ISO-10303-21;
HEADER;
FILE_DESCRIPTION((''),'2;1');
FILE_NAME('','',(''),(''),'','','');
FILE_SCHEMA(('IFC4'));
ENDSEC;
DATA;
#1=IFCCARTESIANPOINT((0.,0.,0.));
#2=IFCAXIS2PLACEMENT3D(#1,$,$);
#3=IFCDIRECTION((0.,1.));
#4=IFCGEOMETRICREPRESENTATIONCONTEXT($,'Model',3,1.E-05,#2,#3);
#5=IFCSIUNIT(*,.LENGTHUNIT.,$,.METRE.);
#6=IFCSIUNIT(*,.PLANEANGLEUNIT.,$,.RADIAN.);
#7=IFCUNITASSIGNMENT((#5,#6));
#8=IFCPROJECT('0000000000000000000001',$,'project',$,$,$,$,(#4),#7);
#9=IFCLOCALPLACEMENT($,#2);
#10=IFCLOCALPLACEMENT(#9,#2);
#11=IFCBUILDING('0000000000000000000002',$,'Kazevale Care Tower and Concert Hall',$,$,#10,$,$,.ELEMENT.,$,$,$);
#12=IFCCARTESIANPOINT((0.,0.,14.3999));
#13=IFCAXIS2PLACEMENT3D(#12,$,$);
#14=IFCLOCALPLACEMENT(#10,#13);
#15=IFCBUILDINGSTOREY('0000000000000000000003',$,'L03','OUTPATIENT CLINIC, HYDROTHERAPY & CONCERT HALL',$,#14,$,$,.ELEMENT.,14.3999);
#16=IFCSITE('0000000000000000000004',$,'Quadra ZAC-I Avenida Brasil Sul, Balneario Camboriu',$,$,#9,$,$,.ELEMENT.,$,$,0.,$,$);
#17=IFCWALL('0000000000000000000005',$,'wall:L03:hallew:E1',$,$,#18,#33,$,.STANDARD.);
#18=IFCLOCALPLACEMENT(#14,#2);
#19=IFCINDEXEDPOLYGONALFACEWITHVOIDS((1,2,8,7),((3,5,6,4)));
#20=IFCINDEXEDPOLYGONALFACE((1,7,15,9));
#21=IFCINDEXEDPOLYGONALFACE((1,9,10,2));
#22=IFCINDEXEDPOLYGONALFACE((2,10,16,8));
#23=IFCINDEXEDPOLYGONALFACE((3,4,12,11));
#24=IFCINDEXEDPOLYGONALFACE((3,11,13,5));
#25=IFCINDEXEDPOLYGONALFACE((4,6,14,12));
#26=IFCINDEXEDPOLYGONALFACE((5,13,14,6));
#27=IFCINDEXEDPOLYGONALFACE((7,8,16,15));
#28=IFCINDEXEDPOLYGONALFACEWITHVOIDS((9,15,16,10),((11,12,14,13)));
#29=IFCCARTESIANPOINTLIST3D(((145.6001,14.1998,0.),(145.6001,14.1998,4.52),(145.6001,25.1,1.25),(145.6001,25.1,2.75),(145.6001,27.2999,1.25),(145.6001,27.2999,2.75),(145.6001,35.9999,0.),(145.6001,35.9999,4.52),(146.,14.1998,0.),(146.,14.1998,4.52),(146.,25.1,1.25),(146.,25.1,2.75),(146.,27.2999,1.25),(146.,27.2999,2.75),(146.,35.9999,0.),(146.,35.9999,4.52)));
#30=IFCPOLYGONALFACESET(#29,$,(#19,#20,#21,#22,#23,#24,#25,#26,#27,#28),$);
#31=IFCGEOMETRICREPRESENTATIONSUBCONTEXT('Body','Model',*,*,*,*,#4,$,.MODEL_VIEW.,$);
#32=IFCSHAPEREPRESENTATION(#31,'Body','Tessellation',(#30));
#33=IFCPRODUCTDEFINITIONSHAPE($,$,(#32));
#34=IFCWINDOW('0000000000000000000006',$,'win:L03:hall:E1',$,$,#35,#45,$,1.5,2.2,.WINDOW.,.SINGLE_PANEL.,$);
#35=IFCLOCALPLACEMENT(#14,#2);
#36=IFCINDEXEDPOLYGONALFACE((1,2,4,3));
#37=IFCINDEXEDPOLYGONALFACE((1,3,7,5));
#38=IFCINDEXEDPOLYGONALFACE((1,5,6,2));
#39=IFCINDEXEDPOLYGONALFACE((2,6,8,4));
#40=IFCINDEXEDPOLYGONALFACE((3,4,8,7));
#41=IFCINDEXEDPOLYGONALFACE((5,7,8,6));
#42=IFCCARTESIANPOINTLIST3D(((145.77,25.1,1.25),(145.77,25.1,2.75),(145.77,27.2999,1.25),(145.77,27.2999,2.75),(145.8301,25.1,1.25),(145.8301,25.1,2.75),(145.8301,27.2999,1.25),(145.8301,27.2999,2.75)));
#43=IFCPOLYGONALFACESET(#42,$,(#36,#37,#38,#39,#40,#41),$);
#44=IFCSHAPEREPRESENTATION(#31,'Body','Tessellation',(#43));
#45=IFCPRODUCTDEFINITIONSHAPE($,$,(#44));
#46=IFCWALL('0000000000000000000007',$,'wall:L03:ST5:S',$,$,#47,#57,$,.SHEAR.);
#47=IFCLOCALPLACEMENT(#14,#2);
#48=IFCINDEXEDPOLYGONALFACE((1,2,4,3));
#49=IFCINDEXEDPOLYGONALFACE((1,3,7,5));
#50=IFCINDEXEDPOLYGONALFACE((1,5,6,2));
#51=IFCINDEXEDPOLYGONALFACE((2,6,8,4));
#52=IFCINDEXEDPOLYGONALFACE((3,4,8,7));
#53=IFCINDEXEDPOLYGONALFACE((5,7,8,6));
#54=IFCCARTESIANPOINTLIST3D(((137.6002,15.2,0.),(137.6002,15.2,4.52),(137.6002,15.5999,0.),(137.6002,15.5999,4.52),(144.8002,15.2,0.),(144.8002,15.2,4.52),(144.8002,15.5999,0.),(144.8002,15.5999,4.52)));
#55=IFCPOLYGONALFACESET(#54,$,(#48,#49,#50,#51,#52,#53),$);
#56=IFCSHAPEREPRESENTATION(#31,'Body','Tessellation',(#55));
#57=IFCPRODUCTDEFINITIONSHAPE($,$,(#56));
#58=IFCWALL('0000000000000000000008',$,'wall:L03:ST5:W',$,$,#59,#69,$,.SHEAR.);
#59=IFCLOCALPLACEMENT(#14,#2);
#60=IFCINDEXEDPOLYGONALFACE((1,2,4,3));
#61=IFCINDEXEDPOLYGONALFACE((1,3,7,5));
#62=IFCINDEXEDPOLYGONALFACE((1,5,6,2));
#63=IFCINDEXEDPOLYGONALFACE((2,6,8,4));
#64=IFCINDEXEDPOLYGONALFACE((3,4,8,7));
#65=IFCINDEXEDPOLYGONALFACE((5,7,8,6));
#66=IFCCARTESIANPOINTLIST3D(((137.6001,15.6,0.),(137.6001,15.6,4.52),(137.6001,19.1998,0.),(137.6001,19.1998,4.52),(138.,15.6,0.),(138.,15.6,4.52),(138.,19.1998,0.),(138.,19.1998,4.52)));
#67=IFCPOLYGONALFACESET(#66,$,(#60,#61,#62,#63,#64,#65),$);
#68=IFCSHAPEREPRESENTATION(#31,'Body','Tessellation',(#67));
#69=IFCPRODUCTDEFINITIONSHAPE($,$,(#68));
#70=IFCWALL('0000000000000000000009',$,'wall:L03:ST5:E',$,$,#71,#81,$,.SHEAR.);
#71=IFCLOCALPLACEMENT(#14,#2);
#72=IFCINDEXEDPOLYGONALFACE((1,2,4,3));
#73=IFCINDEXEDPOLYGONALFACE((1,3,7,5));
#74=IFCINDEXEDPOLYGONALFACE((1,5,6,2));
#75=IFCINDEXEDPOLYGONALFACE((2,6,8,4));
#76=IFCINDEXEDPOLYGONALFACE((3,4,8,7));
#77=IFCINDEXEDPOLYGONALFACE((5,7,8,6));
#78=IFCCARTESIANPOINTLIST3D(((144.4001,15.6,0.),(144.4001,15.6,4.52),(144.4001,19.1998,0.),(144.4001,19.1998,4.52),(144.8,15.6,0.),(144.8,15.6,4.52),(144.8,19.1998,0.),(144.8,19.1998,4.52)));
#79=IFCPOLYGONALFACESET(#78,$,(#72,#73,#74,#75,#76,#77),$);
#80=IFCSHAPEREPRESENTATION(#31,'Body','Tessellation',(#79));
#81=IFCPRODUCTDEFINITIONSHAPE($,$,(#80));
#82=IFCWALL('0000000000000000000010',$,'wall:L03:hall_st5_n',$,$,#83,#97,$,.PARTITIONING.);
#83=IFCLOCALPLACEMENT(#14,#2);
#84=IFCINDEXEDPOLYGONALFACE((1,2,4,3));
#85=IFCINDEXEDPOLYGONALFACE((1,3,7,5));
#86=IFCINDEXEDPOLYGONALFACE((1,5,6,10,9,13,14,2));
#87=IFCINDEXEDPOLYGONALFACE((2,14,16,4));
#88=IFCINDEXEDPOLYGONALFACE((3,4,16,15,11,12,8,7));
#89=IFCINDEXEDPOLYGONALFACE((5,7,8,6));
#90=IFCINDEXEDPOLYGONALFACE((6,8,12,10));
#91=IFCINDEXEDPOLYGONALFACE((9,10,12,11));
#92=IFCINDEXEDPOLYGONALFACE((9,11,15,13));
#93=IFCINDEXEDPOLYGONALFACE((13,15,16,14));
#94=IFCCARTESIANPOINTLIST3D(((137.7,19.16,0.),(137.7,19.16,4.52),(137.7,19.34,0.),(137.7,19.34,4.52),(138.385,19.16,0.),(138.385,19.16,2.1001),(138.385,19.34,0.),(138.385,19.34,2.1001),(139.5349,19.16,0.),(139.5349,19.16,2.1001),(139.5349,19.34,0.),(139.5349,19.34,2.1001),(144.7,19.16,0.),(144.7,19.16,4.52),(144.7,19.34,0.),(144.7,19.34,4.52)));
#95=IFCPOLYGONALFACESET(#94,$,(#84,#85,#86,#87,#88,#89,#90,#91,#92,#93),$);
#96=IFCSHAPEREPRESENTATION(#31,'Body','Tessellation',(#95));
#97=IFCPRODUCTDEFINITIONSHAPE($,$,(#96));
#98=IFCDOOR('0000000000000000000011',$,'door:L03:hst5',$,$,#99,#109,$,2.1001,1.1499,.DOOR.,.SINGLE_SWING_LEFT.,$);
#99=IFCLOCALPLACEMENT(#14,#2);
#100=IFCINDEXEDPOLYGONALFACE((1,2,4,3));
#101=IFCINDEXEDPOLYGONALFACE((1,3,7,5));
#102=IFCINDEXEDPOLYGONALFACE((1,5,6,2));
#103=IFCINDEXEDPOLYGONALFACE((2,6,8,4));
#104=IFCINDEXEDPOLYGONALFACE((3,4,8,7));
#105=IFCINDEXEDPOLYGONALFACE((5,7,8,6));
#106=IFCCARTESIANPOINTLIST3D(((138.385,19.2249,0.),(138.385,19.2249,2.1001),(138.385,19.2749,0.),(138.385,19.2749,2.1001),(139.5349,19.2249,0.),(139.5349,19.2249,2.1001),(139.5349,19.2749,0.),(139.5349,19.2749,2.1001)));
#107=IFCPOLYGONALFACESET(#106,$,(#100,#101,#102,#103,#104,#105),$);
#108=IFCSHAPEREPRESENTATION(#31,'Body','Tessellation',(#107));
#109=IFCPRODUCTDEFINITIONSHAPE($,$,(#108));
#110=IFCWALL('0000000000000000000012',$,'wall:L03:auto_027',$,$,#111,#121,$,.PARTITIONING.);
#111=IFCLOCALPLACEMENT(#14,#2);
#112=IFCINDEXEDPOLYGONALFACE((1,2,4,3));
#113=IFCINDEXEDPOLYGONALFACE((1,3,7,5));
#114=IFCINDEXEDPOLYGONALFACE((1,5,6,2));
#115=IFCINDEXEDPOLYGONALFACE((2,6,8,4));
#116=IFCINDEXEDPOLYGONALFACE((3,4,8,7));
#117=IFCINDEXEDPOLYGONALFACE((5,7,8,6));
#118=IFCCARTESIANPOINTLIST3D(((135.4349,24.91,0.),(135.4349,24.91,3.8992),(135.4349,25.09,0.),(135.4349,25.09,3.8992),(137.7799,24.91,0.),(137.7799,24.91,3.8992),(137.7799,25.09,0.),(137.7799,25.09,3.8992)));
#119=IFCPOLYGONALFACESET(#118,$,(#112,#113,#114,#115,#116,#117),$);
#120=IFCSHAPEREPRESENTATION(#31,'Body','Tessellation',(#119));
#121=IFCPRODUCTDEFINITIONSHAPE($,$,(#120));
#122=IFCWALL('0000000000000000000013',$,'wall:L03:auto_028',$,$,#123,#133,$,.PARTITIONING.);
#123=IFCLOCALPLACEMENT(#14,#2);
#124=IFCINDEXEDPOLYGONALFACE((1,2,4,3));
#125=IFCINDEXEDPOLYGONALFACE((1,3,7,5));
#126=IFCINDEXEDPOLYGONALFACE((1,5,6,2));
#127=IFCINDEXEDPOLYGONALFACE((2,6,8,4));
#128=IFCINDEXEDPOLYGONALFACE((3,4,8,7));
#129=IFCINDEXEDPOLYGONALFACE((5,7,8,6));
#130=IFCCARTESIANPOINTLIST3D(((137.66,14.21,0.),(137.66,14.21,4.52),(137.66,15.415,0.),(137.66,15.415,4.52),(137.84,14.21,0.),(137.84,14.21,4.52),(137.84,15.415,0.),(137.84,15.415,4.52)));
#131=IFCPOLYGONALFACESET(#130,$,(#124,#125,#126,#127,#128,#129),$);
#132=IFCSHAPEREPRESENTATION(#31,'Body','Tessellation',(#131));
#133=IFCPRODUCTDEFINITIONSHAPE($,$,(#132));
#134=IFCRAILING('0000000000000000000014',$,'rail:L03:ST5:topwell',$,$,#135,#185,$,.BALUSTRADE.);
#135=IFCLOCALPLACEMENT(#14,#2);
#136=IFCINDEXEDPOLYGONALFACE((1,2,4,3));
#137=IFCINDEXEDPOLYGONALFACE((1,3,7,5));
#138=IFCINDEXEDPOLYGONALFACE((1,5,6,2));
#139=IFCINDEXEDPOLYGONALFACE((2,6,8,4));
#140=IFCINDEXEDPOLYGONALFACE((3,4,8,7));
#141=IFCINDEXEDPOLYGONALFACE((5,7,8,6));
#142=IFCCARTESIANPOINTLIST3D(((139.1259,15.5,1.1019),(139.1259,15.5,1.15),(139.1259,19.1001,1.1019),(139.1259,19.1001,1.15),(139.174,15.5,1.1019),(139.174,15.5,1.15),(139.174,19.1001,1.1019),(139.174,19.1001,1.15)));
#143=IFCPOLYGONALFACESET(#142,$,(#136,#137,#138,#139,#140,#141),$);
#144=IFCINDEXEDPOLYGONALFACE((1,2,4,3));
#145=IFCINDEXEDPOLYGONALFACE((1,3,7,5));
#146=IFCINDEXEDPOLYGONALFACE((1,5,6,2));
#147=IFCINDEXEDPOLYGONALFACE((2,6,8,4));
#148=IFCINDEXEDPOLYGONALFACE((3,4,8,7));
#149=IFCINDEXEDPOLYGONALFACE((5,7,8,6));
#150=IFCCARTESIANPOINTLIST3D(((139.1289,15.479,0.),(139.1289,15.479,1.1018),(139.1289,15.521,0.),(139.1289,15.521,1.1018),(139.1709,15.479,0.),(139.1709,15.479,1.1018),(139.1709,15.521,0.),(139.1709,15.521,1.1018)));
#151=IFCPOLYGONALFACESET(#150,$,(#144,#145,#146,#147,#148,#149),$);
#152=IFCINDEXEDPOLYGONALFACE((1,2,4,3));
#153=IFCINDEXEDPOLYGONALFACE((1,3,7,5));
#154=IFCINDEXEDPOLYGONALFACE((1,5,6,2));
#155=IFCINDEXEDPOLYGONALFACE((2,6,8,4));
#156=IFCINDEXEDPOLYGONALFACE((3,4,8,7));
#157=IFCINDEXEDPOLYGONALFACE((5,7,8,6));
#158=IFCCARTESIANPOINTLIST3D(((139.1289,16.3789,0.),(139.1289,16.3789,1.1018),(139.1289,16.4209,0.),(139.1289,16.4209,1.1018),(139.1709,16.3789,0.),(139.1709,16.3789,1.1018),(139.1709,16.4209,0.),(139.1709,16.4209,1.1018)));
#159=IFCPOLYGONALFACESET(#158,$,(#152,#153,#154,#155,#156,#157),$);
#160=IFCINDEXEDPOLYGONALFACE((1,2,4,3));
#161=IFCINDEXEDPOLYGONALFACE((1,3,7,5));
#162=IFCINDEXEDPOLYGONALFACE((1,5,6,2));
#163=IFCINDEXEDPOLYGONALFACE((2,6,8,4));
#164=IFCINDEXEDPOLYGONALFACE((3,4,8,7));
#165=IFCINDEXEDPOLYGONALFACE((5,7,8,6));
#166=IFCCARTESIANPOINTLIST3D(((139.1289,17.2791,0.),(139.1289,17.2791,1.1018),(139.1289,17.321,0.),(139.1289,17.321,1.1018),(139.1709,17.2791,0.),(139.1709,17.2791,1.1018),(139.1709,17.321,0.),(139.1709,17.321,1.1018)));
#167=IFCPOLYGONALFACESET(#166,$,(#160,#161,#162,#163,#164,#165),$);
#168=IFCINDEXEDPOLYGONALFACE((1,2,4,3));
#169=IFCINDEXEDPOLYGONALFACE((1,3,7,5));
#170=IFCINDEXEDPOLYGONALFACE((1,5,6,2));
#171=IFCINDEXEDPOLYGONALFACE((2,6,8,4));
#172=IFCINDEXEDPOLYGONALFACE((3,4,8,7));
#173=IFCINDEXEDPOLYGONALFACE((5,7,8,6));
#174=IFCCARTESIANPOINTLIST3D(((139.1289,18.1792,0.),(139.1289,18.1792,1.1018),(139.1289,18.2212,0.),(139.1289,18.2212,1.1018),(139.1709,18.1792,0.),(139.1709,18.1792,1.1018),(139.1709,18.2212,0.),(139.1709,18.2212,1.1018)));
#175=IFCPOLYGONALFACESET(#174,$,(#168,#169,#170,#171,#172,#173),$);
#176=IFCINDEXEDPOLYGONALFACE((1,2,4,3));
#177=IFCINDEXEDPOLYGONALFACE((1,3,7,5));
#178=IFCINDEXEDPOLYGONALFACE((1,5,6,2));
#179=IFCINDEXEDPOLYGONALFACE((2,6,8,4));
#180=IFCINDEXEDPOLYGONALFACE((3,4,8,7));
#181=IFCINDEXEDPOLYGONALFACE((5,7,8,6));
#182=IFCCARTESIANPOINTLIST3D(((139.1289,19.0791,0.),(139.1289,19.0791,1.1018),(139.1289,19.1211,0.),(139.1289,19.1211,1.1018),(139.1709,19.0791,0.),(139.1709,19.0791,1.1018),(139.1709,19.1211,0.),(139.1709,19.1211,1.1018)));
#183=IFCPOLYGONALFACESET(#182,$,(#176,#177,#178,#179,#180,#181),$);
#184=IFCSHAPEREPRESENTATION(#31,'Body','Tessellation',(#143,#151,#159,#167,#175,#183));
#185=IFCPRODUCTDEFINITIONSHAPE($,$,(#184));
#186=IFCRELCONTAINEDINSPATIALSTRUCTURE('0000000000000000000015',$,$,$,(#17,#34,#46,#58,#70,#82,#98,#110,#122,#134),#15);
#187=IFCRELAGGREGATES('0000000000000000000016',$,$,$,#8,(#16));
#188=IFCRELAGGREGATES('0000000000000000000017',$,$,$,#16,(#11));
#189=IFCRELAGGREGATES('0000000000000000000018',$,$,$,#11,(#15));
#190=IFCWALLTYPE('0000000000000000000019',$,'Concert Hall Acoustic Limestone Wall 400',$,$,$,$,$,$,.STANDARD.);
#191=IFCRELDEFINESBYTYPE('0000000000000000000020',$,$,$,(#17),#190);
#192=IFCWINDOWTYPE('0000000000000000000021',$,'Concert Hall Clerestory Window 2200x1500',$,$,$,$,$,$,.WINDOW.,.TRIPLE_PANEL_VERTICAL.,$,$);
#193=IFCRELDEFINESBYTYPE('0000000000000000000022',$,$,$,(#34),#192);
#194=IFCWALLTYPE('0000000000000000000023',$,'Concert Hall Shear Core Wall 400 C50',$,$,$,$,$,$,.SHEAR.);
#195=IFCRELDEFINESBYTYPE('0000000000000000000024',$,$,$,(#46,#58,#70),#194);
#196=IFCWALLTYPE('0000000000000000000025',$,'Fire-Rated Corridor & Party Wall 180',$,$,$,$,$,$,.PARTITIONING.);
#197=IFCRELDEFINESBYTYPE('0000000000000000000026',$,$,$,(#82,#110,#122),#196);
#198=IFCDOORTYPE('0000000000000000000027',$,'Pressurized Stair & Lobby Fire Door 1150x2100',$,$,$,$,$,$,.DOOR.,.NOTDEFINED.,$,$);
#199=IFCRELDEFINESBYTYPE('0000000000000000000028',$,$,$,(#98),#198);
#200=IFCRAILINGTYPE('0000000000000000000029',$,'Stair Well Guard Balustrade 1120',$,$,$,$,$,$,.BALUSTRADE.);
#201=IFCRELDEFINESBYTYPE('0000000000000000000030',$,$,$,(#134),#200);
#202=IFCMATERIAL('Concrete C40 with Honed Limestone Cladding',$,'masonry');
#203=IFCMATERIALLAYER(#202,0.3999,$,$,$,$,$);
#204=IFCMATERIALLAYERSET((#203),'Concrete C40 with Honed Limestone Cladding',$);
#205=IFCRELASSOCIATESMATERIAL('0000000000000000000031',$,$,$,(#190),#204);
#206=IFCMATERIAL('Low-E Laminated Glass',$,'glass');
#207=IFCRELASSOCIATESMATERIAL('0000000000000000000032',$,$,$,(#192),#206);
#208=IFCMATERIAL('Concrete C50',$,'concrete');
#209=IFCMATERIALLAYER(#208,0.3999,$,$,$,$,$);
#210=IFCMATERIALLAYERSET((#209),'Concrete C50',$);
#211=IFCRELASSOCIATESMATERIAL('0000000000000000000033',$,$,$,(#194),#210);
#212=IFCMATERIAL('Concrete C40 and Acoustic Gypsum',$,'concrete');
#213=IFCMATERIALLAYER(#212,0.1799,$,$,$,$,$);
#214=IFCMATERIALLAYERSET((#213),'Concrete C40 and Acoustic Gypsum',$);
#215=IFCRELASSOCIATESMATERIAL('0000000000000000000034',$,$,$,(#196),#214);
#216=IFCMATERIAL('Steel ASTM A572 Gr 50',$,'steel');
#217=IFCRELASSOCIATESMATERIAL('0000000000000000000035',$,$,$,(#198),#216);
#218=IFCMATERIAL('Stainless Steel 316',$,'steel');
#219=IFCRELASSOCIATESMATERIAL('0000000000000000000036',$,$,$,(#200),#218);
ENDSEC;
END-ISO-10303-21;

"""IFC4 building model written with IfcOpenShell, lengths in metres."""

from ifc_helpers import new_model, si_unit, direction, frame, frame_2d, origin, origin_2d, place, context, subcontext, project, spatial, rectangle, extrude, material, layer, layer_set, type_object, element, fill, save


model = new_model("IFC4")

# Units and contexts
model_context = context("Model", 3, precision=1e-05, world=origin(), true_north=direction((0.0, 1.0)))
body_context = subcontext(model_context, "Body", "Model", "MODEL_VIEW")
ifc_project = project(units=[si_unit("LENGTHUNIT", "METRE"), si_unit("PLANEANGLEUNIT", "RADIAN")], contexts=[model_context])

# Site, building, storey
site_placement = place(None, origin())
site = spatial("IfcSite", under=ifc_project, at=site_placement, Name="Quadra ZAC-I Avenida Brasil Sul, Balneario Camboriu", CompositionType="ELEMENT", RefElevation=0.0)
building_placement = place(site_placement, origin())
building = spatial("IfcBuilding", under=site, at=building_placement, Name="Kazevale Care Tower and Concert Hall", CompositionType="ELEMENT")
storey_placement = place(building_placement, frame((0.0, 0.0, 14.3999)))
storey = spatial("IfcBuildingStorey", under=building, at=storey_placement, Name="L03", Description="OUTPATIENT CLINIC, HYDROTHERAPY & CONCERT HALL", CompositionType="ELEMENT", Elevation=14.3999)

# Shared definitions
ifc_material_1 = material(Name="Concrete C50", Category="concrete")

# Shared definitions
ifc_material_2 = material(Name="Steel ASTM A572 Gr 50", Category="steel")

# Shared definitions
ifc_material_3 = material(Name="Low-E Laminated Glass", Category="glass")

# Shared definitions
ifc_material_4 = material(Name="Concrete C40 with Honed Limestone Cladding", Category="masonry")
ifc_layer_1 = layer(ifc_material_4, 0.3999)
ifc_layer_set_1 = layer_set([ifc_layer_1], Name="Concrete C40 with Honed Limestone Cladding")
wall_type_1 = type_object("IfcWallType", Name="Concert Hall Acoustic Limestone Wall 400", PredefinedType="STANDARD", material=ifc_layer_set_1)

# Wall, opening, window
wall_1_placement = place(storey_placement, frame((145.8, 14.2, 0.0), z_axis=(0.0, 0.0, 1.0), x_axis=(0.0, 1.0, 0.0)))
wall_1 = element("IfcWall", 1, at=wall_1_placement, inside=storey, type_object=wall_type_1, Name="wall:L03:hallew:E1", PredefinedType="STANDARD", context=body_context, shape_type="SweptSolid", body=[
    extrude(rectangle(XDim=21.8, YDim=0.3999, at=frame_2d((10.8999, 0.0))), origin(), (0.0, 0.0, 1.0), 4.52),
])
opening_1_placement = place(wall_1_placement, frame((10.8999, 0.0, 1.25)))
opening_1 = element("IfcOpeningElement", 2, at=opening_1_placement, cuts=wall_1, PredefinedType="OPENING", context=body_context, shape_type="SweptSolid", body=[
    extrude(rectangle(XDim=2.2, YDim=1.5, at=frame_2d((1.1001, 0.75))), frame((0.0, 0.21, 0.0), z_axis=(0.0, -1.0, 0.0), x_axis=(1.0, 0.0, 0.0)), (0.0, 0.0, 1.0), 0.4199),
])
window_type = type_object("IfcWindowType", Name="Concert Hall Clerestory Window 2200x1500", PartitioningType="TRIPLE_PANEL_VERTICAL", PredefinedType="WINDOW", material=ifc_material_3)
window_placement = place(opening_1_placement, origin())
window = element("IfcWindow", 3, at=window_placement, inside=storey, type_object=window_type, Name="win:L03:hall:E1", OverallHeight=1.5, OverallWidth=2.2, PartitioningType="SINGLE_PANEL", PredefinedType="WINDOW", context=body_context, shape_type="SweptSolid", body=[
    extrude(rectangle(XDim=2.2, YDim=1.5, at=frame_2d((1.1001, 0.75))), frame((0.0, 0.03, 0.0), z_axis=(0.0, -1.0, 0.0), x_axis=(1.0, 0.0, 0.0)), (0.0, 0.0, 1.0), 0.0601),
])
fill(opening_1, window)

# Walls
ifc_layer_2 = layer(ifc_material_1, 0.3999)
ifc_layer_set_2 = layer_set([ifc_layer_2], Name="Concrete C50")
wall_type_2 = type_object("IfcWallType", Name="Concert Hall Shear Core Wall 400 C50", PredefinedType="SHEAR", material=ifc_layer_set_2)
wall_2_placement = place(storey_placement, frame((137.6001, 15.3999, 0.0), z_axis=(0.0, 0.0, 1.0), x_axis=(1.0, 0.0, 0.0)))
element("IfcWall", 4, at=wall_2_placement, inside=storey, type_object=wall_type_2, Name="wall:L03:ST5:S", PredefinedType="SHEAR", context=body_context, shape_type="SweptSolid", body=[
    extrude(rectangle(XDim=7.2, YDim=0.3999, at=frame_2d((3.6001, 0.0))), origin(), (0.0, 0.0, 1.0), 4.52),
])
for number, where, z_axis, x_axis, name in (
    (5, (137.8, 15.6001, 0.0), (0.0, 0.0, 1.0), (0.0, 1.0, 0.0), "wall:L03:ST5:W"),
    (6, (144.6001, 15.6001, 0.0), (0.0, 0.0, 1.0), (0.0, 1.0, 0.0), "wall:L03:ST5:E"),
):
    element("IfcWall", number, at=place(storey_placement, frame(where, z_axis=z_axis, x_axis=x_axis)), inside=storey, type_object=wall_type_2, Name=name, PredefinedType="SHEAR", context=body_context, shape_type="SweptSolid", body=[
        extrude(rectangle(XDim=3.5999, YDim=0.3999, at=frame_2d((1.7998, 0.0))), origin(), (0.0, 0.0, 1.0), 4.52),
    ])

# Wall, opening, door
ifc_material_5 = material(Name="Concrete C40 and Acoustic Gypsum", Category="concrete")
ifc_layer_3 = layer(ifc_material_5, 0.1799)
ifc_layer_set_3 = layer_set([ifc_layer_3], Name="Concrete C40 and Acoustic Gypsum")
wall_type_3 = type_object("IfcWallType", Name="Fire-Rated Corridor & Party Wall 180", PredefinedType="PARTITIONING", material=ifc_layer_set_3)
wall_3_placement = place(storey_placement, frame((137.7, 19.25, 0.0), z_axis=(0.0, 0.0, 1.0), x_axis=(1.0, 0.0, 0.0)))
wall_3 = element("IfcWall", 7, at=wall_3_placement, inside=storey, type_object=wall_type_3, Name="wall:L03:hall_st5_n", PredefinedType="PARTITIONING", context=body_context, shape_type="SweptSolid", body=[
    extrude(rectangle(XDim=7.0, YDim=0.1799, at=frame_2d((3.5, 0.0))), origin(), (0.0, 0.0, 1.0), 4.52),
])
opening_2_placement = place(wall_3_placement, frame((0.6851, 0.0, 0.0)))
opening_2 = element("IfcOpeningElement", 8, at=opening_2_placement, cuts=wall_3, PredefinedType="OPENING", context=body_context, shape_type="SweptSolid", body=[
    extrude(rectangle(XDim=1.1499, YDim=2.1001, at=frame_2d((0.575, 1.05))), frame((0.0, 0.0999, 0.0), z_axis=(0.0, -1.0, 0.0), x_axis=(1.0, 0.0, 0.0)), (0.0, 0.0, 1.0), 0.2),
])
door_type = type_object("IfcDoorType", Name="Pressurized Stair & Lobby Fire Door 1150x2100", OperationType="NOTDEFINED", PredefinedType="DOOR", material=ifc_material_2)
door_placement = place(opening_2_placement, origin())
door = element("IfcDoor", 9, at=door_placement, inside=storey, type_object=door_type, Name="door:L03:hst5", OperationType="SINGLE_SWING_LEFT", OverallHeight=2.1001, OverallWidth=1.1499, PredefinedType="DOOR", context=body_context, shape_type="SweptSolid", body=[
    extrude(rectangle(XDim=1.1499, YDim=2.1001, at=frame_2d((0.575, 1.05))), frame((0.0, 0.0249, 0.0), z_axis=(0.0, -1.0, 0.0), x_axis=(1.0, 0.0, 0.0)), (0.0, 0.0, 1.0), 0.05),
])
fill(opening_2, door)

# Walls
wall_4_placement = place(storey_placement, frame((135.4351, 25.0, 0.0), z_axis=(0.0, 0.0, 1.0), x_axis=(1.0, 0.0, 0.0)))
element("IfcWall", 10, at=wall_4_placement, inside=storey, type_object=wall_type_3, Name="wall:L03:auto_027", PredefinedType="PARTITIONING", context=body_context, shape_type="SweptSolid", body=[
    extrude(rectangle(XDim=2.345, YDim=0.1799, at=frame_2d((1.1724, 0.0))), origin(), (0.0, 0.0, 1.0), 3.8992),
])
wall_5_placement = place(storey_placement, frame((137.75, 15.415, 0.0), z_axis=(0.0, 0.0, 1.0), x_axis=(0.0, -1.0, 0.0)))
element("IfcWall", 11, at=wall_5_placement, inside=storey, type_object=wall_type_3, Name="wall:L03:auto_028", PredefinedType="PARTITIONING", context=body_context, shape_type="SweptSolid", body=[
    extrude(rectangle(XDim=1.2051, YDim=0.1799, at=frame_2d((0.6025, 0.0))), origin(), (0.0, 0.0, 1.0), 4.52),
])

# Railing
ifc_material_6 = material(Name="Stainless Steel 316", Category="steel")
railing_type = type_object("IfcRailingType", Name="Stair Well Guard Balustrade 1120", PredefinedType="BALUSTRADE", material=ifc_material_6)
railing_placement = place(storey_placement, frame((139.1499, 15.5, 0.0)))
element("IfcRailing", 12, at=railing_placement, inside=storey, type_object=railing_type, Name="rail:L03:ST5:topwell", PredefinedType="BALUSTRADE", context=body_context, shape_type="SweptSolid", body=[
    extrude(rectangle(XDim=0.0481, YDim=0.0481, at=origin_2d()), frame((0.0, 0.0, 1.126), z_axis=(0.0, 1.0, 0.0), x_axis=(-1.0, 0.0, 0.0)), (0.0, 0.0, 1.0), 3.6001),
    extrude(rectangle(XDim=0.042, YDim=0.042, at=origin_2d()), origin(), (0.0, 0.0, 1.0), 1.1018),
    extrude(rectangle(XDim=0.042, YDim=0.042, at=origin_2d()), frame((0.0, 0.8999, 0.0)), (0.0, 0.0, 1.0), 1.1018),
    extrude(rectangle(XDim=0.042, YDim=0.042, at=origin_2d()), frame((0.0, 1.8, 0.0)), (0.0, 0.0, 1.0), 1.1018),
    extrude(rectangle(XDim=0.042, YDim=0.042, at=origin_2d()), frame((0.0, 2.7002, 0.0)), (0.0, 0.0, 1.0), 1.1018),
    extrude(rectangle(XDim=0.042, YDim=0.042, at=origin_2d()), frame((0.0, 3.6001, 0.0)), (0.0, 0.0, 1.0), 1.1018),
])

save(model, "model.ifc")
